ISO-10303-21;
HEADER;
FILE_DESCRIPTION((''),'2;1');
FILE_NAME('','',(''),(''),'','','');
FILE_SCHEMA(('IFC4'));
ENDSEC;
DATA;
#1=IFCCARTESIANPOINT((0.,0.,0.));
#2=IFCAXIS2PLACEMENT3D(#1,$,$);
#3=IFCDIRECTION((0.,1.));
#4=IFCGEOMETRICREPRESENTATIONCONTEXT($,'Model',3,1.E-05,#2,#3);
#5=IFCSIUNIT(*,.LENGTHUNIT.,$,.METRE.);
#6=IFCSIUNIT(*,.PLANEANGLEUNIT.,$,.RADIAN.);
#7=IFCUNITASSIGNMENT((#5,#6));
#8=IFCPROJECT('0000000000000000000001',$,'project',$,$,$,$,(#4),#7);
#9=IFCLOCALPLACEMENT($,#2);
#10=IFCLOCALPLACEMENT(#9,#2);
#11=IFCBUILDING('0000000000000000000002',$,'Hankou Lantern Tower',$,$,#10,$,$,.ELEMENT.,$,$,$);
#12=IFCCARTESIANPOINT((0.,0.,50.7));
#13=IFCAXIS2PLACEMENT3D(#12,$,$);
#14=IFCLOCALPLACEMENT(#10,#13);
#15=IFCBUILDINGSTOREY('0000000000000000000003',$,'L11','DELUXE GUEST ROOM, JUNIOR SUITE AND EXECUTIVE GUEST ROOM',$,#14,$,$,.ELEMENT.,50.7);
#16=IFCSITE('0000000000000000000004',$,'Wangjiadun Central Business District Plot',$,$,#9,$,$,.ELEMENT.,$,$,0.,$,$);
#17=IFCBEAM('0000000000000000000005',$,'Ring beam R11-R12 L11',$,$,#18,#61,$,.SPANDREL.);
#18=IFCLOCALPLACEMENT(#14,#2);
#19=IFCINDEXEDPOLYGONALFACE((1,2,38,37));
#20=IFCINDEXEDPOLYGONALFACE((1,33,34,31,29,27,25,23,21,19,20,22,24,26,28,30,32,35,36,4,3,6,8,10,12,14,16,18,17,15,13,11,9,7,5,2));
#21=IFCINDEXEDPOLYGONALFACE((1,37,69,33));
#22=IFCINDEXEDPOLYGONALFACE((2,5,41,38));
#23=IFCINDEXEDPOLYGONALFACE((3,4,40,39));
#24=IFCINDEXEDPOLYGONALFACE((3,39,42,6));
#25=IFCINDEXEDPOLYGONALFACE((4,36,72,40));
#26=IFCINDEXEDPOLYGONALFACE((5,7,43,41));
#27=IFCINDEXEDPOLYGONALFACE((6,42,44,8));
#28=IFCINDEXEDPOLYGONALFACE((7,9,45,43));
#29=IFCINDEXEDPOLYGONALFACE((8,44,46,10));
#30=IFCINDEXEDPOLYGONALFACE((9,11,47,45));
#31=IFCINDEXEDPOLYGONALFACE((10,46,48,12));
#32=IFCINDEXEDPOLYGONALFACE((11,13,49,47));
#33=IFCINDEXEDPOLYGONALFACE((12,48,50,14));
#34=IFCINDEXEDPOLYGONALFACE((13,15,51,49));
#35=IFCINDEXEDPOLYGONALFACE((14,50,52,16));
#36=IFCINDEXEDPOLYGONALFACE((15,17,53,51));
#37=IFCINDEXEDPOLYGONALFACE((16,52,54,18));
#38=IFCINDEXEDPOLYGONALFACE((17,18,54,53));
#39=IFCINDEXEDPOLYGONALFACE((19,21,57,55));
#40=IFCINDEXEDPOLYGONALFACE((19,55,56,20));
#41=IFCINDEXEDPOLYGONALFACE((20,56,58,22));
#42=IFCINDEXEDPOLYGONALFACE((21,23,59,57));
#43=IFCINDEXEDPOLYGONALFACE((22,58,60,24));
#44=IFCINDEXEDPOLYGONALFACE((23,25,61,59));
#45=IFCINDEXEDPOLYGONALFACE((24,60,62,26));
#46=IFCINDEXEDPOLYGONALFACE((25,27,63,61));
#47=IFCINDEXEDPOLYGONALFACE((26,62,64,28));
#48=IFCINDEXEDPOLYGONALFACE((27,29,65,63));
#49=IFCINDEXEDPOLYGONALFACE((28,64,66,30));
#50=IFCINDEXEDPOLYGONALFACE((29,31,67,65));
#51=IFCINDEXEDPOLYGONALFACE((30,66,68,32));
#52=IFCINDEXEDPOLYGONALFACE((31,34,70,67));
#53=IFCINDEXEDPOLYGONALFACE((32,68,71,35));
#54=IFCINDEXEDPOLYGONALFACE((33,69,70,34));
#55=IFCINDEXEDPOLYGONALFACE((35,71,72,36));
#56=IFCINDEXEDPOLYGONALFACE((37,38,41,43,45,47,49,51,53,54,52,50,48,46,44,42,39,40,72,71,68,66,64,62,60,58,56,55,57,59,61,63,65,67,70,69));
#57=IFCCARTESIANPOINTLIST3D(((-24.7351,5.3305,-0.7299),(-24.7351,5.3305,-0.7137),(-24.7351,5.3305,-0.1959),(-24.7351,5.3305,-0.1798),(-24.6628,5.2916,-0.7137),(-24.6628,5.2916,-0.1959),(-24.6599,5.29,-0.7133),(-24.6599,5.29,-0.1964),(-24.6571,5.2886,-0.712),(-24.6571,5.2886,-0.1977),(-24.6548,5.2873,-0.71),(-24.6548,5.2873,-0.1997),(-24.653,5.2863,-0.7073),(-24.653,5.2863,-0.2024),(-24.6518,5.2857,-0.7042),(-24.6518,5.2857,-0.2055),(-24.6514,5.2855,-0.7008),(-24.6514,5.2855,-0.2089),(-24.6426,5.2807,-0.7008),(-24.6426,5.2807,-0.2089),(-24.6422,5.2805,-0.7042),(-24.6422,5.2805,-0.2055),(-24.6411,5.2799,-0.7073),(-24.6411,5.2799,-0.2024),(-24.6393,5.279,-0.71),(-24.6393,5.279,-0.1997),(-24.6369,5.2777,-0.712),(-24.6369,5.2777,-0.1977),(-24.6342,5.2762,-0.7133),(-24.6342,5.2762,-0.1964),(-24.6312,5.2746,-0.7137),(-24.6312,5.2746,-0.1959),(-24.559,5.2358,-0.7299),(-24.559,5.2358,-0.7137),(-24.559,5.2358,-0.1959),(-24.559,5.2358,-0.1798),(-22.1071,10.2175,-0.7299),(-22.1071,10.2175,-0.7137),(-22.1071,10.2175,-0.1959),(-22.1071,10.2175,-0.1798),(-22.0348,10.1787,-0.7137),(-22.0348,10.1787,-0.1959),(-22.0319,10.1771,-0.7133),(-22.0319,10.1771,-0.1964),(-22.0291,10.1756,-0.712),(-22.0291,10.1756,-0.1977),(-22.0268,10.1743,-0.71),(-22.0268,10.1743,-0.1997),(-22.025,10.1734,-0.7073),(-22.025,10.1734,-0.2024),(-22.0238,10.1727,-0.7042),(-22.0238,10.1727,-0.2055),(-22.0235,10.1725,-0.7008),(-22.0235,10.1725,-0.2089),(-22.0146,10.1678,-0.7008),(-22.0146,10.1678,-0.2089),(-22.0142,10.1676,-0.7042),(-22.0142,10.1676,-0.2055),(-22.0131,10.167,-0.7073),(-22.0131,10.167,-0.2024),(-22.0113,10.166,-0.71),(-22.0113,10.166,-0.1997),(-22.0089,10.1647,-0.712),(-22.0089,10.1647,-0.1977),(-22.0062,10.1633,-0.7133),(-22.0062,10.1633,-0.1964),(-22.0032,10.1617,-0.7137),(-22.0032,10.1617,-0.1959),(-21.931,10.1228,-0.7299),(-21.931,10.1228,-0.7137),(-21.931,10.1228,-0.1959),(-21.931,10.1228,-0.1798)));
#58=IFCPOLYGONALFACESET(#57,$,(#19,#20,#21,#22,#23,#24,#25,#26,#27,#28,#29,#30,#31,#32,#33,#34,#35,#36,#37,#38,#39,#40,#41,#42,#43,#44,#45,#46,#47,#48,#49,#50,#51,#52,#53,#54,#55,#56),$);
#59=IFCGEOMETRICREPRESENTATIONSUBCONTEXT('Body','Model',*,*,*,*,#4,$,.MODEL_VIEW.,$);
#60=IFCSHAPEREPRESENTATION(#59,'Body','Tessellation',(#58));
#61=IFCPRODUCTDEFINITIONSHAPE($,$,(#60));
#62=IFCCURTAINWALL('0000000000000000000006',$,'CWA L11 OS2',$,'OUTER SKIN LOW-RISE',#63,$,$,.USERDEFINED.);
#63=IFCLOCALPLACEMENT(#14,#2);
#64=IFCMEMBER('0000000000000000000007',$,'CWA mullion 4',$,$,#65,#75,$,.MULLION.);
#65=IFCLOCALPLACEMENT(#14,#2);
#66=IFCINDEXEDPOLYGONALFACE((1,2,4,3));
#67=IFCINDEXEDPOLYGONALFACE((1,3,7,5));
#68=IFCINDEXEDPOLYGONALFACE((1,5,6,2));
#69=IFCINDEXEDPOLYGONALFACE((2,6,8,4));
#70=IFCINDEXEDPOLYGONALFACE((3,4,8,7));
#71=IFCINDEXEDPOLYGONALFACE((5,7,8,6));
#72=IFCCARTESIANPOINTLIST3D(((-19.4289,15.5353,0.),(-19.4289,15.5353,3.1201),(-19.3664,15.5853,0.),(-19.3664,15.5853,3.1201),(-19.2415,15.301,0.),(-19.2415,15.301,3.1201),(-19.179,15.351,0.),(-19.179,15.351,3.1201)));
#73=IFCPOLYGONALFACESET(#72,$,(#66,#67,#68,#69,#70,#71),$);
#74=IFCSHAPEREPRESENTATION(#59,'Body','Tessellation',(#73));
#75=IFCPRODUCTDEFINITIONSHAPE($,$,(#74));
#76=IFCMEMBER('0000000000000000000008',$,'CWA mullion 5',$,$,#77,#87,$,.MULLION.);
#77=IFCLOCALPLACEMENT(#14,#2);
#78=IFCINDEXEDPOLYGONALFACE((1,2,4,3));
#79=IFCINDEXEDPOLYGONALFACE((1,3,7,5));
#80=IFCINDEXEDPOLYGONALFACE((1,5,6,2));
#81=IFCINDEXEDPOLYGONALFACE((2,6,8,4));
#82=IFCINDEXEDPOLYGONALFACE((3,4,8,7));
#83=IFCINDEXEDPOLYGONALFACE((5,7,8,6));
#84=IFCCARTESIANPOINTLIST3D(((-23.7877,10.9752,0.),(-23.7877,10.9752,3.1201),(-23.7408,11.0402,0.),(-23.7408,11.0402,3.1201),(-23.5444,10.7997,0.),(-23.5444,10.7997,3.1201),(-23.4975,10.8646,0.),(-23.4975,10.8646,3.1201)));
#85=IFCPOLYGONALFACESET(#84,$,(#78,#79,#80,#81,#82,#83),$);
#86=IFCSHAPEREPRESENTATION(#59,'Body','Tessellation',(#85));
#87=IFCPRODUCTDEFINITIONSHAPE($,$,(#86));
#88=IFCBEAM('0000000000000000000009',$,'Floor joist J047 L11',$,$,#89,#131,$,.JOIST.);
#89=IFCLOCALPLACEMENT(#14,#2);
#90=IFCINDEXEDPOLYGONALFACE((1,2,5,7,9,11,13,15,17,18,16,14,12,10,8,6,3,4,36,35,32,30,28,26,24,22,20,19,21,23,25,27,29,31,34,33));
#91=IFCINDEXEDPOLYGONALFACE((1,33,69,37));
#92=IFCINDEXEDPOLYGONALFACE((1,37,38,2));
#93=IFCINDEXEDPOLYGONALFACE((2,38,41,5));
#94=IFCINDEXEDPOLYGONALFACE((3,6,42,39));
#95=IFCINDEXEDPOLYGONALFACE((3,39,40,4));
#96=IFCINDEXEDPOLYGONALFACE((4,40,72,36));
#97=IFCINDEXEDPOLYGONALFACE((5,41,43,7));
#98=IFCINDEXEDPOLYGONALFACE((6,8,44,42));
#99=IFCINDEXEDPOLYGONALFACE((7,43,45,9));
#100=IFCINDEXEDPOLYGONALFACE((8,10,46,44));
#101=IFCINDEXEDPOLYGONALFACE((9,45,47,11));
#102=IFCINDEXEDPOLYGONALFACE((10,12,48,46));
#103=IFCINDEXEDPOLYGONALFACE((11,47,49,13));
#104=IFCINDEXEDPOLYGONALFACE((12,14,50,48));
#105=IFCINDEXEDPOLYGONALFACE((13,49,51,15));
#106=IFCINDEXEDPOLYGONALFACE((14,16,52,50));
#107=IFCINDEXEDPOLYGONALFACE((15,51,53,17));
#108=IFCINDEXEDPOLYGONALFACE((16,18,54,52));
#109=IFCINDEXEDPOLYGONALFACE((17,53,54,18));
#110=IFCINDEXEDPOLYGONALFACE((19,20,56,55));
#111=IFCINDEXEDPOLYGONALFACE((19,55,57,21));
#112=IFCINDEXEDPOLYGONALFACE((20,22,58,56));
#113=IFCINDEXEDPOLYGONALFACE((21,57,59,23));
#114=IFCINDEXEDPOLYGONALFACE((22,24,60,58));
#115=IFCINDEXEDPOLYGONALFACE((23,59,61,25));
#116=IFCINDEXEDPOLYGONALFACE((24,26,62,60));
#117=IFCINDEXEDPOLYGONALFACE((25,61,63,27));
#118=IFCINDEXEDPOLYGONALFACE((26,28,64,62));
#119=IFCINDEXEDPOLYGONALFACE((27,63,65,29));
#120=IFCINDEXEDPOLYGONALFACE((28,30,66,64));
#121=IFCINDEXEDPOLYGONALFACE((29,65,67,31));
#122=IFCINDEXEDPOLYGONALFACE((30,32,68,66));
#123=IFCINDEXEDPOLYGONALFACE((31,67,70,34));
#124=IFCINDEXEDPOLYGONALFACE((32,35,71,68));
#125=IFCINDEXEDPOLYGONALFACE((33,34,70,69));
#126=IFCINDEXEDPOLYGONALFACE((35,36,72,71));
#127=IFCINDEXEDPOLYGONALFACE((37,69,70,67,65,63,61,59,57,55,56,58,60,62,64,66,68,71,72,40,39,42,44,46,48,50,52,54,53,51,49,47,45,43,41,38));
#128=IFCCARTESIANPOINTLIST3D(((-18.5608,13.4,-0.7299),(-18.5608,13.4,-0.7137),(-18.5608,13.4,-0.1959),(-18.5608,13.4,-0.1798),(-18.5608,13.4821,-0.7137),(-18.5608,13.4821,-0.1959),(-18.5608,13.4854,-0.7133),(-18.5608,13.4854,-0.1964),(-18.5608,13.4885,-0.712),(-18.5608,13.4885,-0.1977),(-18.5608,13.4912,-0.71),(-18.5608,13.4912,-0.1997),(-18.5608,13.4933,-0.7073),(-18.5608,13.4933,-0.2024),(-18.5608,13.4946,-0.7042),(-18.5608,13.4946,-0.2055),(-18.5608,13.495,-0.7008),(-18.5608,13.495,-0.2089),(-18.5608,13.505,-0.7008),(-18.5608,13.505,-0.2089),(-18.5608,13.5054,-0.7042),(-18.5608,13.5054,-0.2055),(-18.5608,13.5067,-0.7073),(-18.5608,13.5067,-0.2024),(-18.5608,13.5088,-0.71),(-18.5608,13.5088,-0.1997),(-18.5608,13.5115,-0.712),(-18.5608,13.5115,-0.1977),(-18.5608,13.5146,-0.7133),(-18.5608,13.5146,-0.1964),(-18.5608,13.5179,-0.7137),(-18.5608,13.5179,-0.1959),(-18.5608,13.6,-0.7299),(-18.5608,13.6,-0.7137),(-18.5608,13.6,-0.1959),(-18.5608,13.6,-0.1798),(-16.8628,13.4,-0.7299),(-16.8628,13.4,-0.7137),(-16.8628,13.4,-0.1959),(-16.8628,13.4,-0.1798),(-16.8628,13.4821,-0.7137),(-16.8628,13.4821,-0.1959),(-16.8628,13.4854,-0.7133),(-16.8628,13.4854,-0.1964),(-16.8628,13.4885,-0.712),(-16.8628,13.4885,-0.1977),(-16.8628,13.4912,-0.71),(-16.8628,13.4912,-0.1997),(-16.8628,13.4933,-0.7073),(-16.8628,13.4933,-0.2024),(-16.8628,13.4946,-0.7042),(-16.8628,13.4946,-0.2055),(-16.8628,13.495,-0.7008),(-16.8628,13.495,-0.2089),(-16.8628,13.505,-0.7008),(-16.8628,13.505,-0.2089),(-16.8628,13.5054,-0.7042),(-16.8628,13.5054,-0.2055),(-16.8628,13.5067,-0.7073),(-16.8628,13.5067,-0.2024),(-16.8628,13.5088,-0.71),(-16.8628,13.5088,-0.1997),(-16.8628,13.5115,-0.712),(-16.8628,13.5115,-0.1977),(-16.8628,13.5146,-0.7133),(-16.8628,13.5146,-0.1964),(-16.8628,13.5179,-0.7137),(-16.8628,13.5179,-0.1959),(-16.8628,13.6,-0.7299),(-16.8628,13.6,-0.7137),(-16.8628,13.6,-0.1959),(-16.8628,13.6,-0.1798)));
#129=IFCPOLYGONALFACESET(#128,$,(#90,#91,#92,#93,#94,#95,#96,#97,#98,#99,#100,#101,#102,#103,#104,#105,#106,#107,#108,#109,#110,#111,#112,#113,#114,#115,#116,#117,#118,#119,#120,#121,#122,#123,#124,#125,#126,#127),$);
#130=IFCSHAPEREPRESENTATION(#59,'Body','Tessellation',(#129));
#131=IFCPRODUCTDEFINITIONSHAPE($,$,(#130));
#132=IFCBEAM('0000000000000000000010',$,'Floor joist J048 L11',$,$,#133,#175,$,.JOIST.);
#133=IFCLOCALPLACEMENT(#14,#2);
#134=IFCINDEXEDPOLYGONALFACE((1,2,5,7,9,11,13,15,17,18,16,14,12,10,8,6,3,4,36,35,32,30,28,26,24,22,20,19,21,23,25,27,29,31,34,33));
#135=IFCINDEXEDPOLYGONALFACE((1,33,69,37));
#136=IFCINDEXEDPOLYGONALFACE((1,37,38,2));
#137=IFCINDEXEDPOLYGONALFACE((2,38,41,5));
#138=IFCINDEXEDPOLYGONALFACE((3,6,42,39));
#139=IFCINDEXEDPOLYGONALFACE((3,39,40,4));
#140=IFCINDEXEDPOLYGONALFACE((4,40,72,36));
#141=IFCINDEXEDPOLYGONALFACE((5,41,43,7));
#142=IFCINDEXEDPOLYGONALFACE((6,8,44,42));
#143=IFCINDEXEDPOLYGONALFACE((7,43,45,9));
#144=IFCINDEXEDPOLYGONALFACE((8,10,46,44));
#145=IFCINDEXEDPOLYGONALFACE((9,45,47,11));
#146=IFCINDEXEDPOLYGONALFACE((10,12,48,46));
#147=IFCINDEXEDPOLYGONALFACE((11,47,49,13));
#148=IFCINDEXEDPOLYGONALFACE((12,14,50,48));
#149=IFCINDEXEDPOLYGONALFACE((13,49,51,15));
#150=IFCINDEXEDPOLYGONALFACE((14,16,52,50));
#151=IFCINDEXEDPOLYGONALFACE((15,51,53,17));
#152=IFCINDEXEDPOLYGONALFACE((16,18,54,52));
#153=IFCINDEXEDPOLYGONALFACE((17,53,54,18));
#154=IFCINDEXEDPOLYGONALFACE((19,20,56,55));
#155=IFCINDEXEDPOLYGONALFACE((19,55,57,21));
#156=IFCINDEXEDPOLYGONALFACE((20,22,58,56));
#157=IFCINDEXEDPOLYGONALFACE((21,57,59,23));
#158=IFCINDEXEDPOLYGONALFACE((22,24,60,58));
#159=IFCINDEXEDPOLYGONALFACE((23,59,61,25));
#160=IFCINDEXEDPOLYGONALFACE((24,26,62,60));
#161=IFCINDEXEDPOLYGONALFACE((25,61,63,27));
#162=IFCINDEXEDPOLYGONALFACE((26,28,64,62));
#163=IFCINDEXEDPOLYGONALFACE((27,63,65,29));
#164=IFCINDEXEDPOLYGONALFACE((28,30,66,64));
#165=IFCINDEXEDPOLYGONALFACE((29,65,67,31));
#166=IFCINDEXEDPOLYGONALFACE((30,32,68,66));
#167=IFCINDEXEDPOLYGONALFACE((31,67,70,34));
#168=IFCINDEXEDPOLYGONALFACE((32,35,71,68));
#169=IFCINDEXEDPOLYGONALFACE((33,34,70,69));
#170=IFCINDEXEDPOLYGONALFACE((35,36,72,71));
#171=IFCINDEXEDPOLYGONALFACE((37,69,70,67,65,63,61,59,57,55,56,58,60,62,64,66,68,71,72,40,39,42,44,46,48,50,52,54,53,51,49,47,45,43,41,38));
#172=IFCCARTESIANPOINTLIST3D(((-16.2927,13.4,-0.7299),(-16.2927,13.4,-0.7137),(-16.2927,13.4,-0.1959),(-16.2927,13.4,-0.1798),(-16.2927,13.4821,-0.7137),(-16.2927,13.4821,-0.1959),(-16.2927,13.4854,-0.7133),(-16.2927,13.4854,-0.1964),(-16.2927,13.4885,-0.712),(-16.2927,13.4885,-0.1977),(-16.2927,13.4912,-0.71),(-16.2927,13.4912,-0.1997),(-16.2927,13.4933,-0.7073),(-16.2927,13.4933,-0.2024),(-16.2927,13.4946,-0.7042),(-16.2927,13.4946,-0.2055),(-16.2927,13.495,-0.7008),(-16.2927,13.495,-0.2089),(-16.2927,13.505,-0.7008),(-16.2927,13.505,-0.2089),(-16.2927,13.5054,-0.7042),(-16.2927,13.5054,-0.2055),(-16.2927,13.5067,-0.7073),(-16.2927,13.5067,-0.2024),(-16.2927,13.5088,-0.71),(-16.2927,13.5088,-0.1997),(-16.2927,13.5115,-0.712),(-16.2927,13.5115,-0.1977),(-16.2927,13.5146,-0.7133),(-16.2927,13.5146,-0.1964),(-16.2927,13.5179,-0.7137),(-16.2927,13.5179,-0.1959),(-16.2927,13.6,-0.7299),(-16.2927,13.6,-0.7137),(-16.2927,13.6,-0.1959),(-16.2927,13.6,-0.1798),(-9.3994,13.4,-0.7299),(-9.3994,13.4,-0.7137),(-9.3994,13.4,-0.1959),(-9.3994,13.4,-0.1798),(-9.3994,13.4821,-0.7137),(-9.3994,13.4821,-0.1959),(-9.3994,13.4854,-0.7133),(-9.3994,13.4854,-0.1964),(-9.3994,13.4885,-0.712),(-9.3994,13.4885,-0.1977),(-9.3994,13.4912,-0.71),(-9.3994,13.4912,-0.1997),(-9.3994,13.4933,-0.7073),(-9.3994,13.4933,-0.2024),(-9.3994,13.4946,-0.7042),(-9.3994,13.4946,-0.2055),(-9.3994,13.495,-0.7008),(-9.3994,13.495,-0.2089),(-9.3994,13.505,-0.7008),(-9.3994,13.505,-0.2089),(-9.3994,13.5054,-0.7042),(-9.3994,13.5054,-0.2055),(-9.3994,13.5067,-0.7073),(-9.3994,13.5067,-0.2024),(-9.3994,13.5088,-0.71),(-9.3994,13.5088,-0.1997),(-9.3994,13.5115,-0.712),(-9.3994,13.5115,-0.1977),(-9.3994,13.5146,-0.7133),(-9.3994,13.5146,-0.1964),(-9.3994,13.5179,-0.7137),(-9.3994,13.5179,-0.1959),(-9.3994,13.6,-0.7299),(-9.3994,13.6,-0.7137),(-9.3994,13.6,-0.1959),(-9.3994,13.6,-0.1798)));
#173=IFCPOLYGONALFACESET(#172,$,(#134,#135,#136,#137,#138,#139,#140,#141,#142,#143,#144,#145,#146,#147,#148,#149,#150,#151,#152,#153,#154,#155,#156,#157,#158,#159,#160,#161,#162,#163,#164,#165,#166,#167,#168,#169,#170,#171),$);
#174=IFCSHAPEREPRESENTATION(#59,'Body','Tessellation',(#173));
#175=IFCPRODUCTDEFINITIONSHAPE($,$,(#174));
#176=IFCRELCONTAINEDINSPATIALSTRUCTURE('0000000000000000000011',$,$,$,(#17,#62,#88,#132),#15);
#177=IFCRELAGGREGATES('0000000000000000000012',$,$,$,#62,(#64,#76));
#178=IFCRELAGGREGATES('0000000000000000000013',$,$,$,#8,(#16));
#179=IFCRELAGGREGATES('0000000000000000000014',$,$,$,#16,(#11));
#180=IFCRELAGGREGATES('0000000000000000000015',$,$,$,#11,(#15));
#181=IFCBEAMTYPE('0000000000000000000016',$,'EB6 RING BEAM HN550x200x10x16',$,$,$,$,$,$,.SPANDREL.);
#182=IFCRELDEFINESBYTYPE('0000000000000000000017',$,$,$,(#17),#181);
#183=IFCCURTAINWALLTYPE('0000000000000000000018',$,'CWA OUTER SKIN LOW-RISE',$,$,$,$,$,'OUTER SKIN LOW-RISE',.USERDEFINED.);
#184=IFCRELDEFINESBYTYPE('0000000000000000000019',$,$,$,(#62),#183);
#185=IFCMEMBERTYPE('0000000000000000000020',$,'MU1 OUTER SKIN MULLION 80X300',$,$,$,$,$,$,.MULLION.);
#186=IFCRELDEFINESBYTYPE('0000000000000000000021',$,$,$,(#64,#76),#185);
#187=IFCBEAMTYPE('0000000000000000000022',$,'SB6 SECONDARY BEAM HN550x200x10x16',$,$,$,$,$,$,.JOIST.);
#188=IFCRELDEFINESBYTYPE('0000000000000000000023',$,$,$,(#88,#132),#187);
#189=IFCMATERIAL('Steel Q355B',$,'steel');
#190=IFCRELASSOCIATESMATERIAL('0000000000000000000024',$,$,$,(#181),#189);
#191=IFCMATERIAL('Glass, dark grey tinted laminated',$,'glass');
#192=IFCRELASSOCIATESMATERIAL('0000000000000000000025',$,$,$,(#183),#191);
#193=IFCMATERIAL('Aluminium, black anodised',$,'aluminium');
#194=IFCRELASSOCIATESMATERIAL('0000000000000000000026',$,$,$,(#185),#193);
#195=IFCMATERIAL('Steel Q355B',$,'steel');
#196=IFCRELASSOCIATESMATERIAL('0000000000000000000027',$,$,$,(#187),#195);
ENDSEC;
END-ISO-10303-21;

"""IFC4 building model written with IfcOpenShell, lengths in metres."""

from ifc_helpers import new_model, si_unit, direction, frame, origin, origin_2d, place, context, subcontext, project, spatial, rectangle, i_section, extrude, material, material_profile, profile_set, type_object, element, aggregate, save


model = new_model("IFC4")

# Units and contexts
model_context = context("Model", 3, precision=1e-05, world=origin(), true_north=direction((0.0, 1.0)))
body_context = subcontext(model_context, "Body", "Model", "MODEL_VIEW")
ifc_project = project(units=[si_unit("LENGTHUNIT", "METRE"), si_unit("PLANEANGLEUNIT", "RADIAN")], contexts=[model_context])

# Site, building, storey
site_placement = place(None, origin())
site = spatial("IfcSite", under=ifc_project, at=site_placement, Name="Wangjiadun Central Business District Plot", CompositionType="ELEMENT", RefElevation=0.0)
building_placement = place(site_placement, origin())
building = spatial("IfcBuilding", under=site, at=building_placement, Name="Hankou Lantern Tower", CompositionType="ELEMENT")
storey_placement = place(building_placement, frame((0.0, 0.0, 50.7)))
storey = spatial("IfcBuildingStorey", under=building, at=storey_placement, Name="L11", Description="DELUXE GUEST ROOM, JUNIOR SUITE AND EXECUTIVE GUEST ROOM", CompositionType="ELEMENT", Elevation=50.7)

# Beam
ifc_material_1 = material(Name="Steel Q355B", Category="steel")
ifc_material_profile_1 = material_profile(ifc_material_1, i_section(OverallWidth=0.2, OverallDepth=0.55, WebThickness=0.01, FlangeThickness=0.0161, FilletRadius=0.0129, at=origin_2d()), Name="HN550x200x10x16")
ifc_profile_set_1 = profile_set([ifc_material_profile_1], Name="Steel Q355B")
beam_type_1 = type_object("IfcBeamType", Name="EB6 RING BEAM HN550x200x10x16", PredefinedType="SPANDREL", material=ifc_profile_set_1)
beam_1_placement = place(storey_placement, frame((-22.019, 10.1702, -0.4548), z_axis=(-0.473609, -0.880735, 0.0), x_axis=(0.880735, -0.473609, 0.0)))
element("IfcBeam", 1, at=beam_1_placement, inside=storey, type_object=beam_type_1, Name="Ring beam R11-R12 L11", PredefinedType="SPANDREL", context=body_context, shape_type="SweptSolid", body=[
    extrude(i_section(OverallWidth=0.2, OverallDepth=0.55, WebThickness=0.01, FlangeThickness=0.0161, FilletRadius=0.0129, at=origin_2d()), origin(), (0.0, 0.0, 1.0), 5.5488),
])

# Curtain wall, members
ifc_material_2 = material(Name="Glass, dark grey tinted laminated", Category="glass")
curtain_wall_type = type_object("IfcCurtainWallType", Name="CWA OUTER SKIN LOW-RISE", ElementType="OUTER SKIN LOW-RISE", PredefinedType="USERDEFINED", material=ifc_material_2)
curtain_wall_placement = place(storey_placement, origin())
curtain_wall = element("IfcCurtainWall", 2, at=curtain_wall_placement, inside=storey, type_object=curtain_wall_type, Name="CWA L11 OS2", ObjectType="OUTER SKIN LOW-RISE", PredefinedType="USERDEFINED")
ifc_material_3 = material(Name="Aluminium, black anodised", Category="aluminium")
ifc_material_profile_2 = material_profile(ifc_material_3, rectangle(XDim=0.0801, YDim=0.3, at=origin_2d()), Name="MU1 80X300")
ifc_profile_set_2 = profile_set([ifc_material_profile_2], Name="Aluminium, black anodised")
member_type_1 = type_object("IfcMemberType", Name="MU1 OUTER SKIN MULLION 80X300", PredefinedType="MULLION", material=ifc_profile_set_2)
member_1_placement = place(storey_placement, frame((-19.304, 15.4431, 0.0), z_axis=(0.0, 0.0, 1.0), x_axis=(-0.780869, -0.624695, 0.0)))
member_1 = element("IfcMember", 3, at=member_1_placement, type_object=member_type_1, Name="CWA mullion 4", PredefinedType="MULLION", context=body_context, shape_type="SweptSolid", body=[
    extrude(rectangle(XDim=0.0801, YDim=0.3, at=origin_2d()), origin(), (0.0, 0.0, 1.0), 3.1201),
])
member_2_placement = place(storey_placement, frame((-23.6426, 10.9199, 0.0), z_axis=(0.0, 0.0, 1.0), x_axis=(-0.585206, -0.810885, 0.0)))
member_2 = element("IfcMember", 4, at=member_2_placement, type_object=member_type_1, Name="CWA mullion 5", PredefinedType="MULLION", context=body_context, shape_type="SweptSolid", body=[
    extrude(rectangle(XDim=0.0801, YDim=0.3, at=origin_2d()), origin(), (0.0, 0.0, 1.0), 3.1201),
])

# Beams
ifc_material_4 = material(Name="Steel Q355B", Category="steel")
ifc_material_profile_3 = material_profile(ifc_material_4, i_section(OverallWidth=0.2, OverallDepth=0.55, WebThickness=0.01, FlangeThickness=0.0161, FilletRadius=0.0129, at=origin_2d()), Name="HN550x200x10x16")
ifc_profile_set_3 = profile_set([ifc_material_profile_3], Name="Steel Q355B")
beam_type_2 = type_object("IfcBeamType", Name="SB6 SECONDARY BEAM HN550x200x10x16", PredefinedType="JOIST", material=ifc_profile_set_3)
beam_2_placement = place(storey_placement, frame((-18.5608, 13.5, -0.4548), z_axis=(1.0, 0.0, 0.0), x_axis=(0.0, 1.0, 0.0)))
element("IfcBeam", 5, at=beam_2_placement, inside=storey, type_object=beam_type_2, Name="Floor joist J047 L11", PredefinedType="JOIST", context=body_context, shape_type="SweptSolid", body=[
    extrude(i_section(OverallWidth=0.2, OverallDepth=0.55, WebThickness=0.01, FlangeThickness=0.0161, FilletRadius=0.0129, at=origin_2d()), origin(), (0.0, 0.0, 1.0), 1.698),
])
beam_3_placement = place(storey_placement, frame((-16.2927, 13.5, -0.4548), z_axis=(1.0, 0.0, 0.0), x_axis=(0.0, 1.0, 0.0)))
element("IfcBeam", 6, at=beam_3_placement, inside=storey, type_object=beam_type_2, Name="Floor joist J048 L11", PredefinedType="JOIST", context=body_context, shape_type="SweptSolid", body=[
    extrude(i_section(OverallWidth=0.2, OverallDepth=0.55, WebThickness=0.01, FlangeThickness=0.0161, FilletRadius=0.0129, at=origin_2d()), origin(), (0.0, 0.0, 1.0), 6.8933),
])

aggregate(curtain_wall, [member_1, member_2])

save(model, "model.ifc")
